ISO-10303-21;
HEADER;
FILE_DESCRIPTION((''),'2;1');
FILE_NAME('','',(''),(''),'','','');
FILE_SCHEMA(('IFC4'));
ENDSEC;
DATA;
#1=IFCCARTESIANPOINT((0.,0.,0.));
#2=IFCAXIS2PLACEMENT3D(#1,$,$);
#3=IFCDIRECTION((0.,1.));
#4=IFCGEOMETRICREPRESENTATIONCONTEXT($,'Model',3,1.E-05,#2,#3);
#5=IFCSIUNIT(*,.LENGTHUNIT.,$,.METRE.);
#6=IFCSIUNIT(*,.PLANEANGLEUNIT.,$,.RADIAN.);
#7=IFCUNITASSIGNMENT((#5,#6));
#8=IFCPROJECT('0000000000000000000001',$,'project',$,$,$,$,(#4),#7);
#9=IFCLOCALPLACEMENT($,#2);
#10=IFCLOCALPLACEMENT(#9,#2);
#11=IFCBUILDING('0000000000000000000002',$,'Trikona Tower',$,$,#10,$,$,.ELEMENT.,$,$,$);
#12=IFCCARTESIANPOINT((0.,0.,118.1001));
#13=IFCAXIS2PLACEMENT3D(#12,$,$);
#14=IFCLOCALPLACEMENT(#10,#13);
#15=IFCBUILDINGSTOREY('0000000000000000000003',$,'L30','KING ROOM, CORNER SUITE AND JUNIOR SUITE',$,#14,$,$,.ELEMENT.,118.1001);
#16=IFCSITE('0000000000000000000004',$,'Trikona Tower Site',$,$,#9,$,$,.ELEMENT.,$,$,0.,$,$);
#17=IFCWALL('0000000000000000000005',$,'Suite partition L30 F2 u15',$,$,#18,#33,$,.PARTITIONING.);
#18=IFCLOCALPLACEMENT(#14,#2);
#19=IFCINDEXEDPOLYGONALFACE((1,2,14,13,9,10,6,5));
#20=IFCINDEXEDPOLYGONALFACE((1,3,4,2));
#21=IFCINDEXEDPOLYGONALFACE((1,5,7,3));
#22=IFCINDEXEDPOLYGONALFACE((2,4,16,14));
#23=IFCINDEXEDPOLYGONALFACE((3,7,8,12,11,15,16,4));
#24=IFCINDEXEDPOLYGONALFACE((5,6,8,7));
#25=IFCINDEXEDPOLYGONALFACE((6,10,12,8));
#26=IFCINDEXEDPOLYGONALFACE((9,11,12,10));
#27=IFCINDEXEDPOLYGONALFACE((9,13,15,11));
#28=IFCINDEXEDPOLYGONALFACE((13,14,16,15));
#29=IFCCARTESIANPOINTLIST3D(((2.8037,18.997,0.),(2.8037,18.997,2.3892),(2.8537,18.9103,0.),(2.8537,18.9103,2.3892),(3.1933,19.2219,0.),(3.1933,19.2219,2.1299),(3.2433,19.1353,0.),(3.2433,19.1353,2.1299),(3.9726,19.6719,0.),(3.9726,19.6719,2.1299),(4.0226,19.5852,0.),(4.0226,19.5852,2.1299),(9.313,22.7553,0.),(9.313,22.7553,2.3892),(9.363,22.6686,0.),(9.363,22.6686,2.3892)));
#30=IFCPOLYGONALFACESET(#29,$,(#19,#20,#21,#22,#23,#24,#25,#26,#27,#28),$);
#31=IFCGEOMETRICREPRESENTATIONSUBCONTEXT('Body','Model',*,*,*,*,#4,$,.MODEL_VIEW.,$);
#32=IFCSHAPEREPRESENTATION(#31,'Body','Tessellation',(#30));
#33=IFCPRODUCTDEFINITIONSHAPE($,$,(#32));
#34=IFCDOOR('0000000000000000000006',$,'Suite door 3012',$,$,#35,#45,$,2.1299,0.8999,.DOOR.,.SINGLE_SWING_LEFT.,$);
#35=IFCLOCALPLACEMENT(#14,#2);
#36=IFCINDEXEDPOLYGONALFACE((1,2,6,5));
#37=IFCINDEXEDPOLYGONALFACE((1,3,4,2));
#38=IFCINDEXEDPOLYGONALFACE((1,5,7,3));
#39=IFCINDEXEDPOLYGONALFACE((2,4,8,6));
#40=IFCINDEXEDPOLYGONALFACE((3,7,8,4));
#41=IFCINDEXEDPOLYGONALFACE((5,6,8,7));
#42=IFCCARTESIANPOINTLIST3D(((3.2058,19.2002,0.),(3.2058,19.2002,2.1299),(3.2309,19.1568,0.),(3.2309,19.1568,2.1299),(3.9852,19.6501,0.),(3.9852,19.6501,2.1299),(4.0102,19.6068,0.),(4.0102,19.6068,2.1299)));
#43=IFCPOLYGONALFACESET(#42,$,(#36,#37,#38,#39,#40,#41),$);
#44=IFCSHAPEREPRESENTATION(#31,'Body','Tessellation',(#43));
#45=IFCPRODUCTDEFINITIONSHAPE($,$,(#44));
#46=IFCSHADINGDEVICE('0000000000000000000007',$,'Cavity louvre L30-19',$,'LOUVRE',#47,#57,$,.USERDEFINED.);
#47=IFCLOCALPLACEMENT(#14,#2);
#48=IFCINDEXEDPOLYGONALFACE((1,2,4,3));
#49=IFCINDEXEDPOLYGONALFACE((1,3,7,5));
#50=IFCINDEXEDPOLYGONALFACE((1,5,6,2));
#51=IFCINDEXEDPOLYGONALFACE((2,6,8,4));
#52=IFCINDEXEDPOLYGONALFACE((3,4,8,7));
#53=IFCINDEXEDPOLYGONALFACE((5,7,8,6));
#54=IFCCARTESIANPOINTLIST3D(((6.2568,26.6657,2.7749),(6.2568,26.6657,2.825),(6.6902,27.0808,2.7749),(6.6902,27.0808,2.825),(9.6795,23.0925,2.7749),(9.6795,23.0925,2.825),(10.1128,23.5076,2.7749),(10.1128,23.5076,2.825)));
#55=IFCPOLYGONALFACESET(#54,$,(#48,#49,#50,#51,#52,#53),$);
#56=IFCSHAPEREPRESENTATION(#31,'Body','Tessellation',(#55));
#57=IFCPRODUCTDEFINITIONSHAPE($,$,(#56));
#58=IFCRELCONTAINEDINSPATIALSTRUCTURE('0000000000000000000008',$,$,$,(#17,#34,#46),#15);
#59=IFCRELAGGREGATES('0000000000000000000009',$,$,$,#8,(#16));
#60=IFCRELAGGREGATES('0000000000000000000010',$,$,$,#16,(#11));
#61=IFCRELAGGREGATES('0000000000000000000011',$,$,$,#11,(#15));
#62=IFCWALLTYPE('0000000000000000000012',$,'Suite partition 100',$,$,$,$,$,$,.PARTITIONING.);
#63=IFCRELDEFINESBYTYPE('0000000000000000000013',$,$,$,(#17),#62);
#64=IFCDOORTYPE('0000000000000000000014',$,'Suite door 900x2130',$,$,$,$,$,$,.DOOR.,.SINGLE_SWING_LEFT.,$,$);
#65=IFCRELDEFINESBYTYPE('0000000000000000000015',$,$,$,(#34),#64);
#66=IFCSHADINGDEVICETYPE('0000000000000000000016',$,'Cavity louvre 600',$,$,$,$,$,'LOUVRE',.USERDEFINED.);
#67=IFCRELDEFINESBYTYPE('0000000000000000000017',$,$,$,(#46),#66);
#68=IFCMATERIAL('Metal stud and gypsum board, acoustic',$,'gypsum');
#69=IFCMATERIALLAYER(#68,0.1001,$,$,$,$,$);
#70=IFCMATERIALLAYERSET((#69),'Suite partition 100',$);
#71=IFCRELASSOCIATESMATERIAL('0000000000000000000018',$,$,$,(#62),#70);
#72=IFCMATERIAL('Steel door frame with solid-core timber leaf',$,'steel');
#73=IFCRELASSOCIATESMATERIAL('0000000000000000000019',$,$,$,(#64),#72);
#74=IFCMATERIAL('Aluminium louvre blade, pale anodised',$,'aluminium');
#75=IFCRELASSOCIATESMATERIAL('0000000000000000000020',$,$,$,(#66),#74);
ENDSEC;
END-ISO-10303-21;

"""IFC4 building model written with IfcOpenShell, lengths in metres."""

from ifc_helpers import new_model, si_unit, direction, frame, frame_2d, origin, origin_2d, place, context, subcontext, project, spatial, rectangle, extrude, material, layer, layer_set, type_object, element, fill, save


model = new_model("IFC4")

# Units and contexts
model_context = context("Model", 3, precision=1e-05, world=origin(), true_north=direction((0.0, 1.0)))
body_context = subcontext(model_context, "Body", "Model", "MODEL_VIEW")
ifc_project = project(units=[si_unit("LENGTHUNIT", "METRE"), si_unit("PLANEANGLEUNIT", "RADIAN")], contexts=[model_context])

# Site, building, storey
site_placement = place(None, origin())
site = spatial("IfcSite", under=ifc_project, at=site_placement, Name="Trikona Tower Site", CompositionType="ELEMENT", RefElevation=0.0)
building_placement = place(site_placement, origin())
building = spatial("IfcBuilding", under=site, at=building_placement, Name="Trikona Tower", CompositionType="ELEMENT")
storey_placement = place(building_placement, frame((0.0, 0.0, 118.1001)))
storey = spatial("IfcBuildingStorey", under=building, at=storey_placement, Name="L30", Description="KING ROOM, CORNER SUITE AND JUNIOR SUITE", CompositionType="ELEMENT", Elevation=118.1001)

# Wall, opening, door
ifc_material_1 = material(Name="Metal stud and gypsum board, acoustic", Category="gypsum")
ifc_layer_1 = layer(ifc_material_1, 0.1001)
ifc_layer_set_1 = layer_set([ifc_layer_1], Name="Suite partition 100")
wall_type_1 = type_object("IfcWallType", Name="Suite partition 100", PredefinedType="PARTITIONING", material=ifc_layer_set_1)
wall_1_placement = place(storey_placement, frame((2.8286, 18.9536, 0.0), z_axis=(0.0, 0.0, 1.0), x_axis=(0.866016, 0.500017, 0.0)))
wall_1 = element("IfcWall", 1, at=wall_1_placement, inside=storey, type_object=wall_type_1, Name="Suite partition L30 F2 u15", PredefinedType="PARTITIONING", context=body_context, shape_type="SweptSolid", body=[
    extrude(rectangle(XDim=7.5164, YDim=0.1001, at=frame_2d((3.7583, 0.0))), origin(), (0.0, 0.0, 1.0), 2.3892),
])
opening_1_placement = place(wall_1_placement, frame((0.45, 0.0, 0.0)))
opening_1 = element("IfcOpeningElement", 2, at=opening_1_placement, cuts=wall_1, PredefinedType="OPENING", context=body_context, shape_type="SweptSolid", body=[
    extrude(rectangle(XDim=0.8999, YDim=2.1299, at=frame_2d((0.45, 1.0649))), frame((0.0, 0.0601, 0.0), z_axis=(0.0, -1.0, 0.0), x_axis=(1.0, 0.0, 0.0)), (0.0, 0.0, 1.0), 0.1201),
])
ifc_material_2 = material(Name="Steel door frame with solid-core timber leaf", Category="steel")
door_type_1 = type_object("IfcDoorType", Name="Suite door 900x2130", OperationType="SINGLE_SWING_LEFT", PredefinedType="DOOR", material=ifc_material_2)
door_1_placement = place(opening_1_placement, origin())
door_1 = element("IfcDoor", 3, at=door_1_placement, inside=storey, type_object=door_type_1, Name="Suite door 3012", OperationType="SINGLE_SWING_LEFT", OverallHeight=2.1299, OverallWidth=0.8999, PredefinedType="DOOR", context=body_context, shape_type="SweptSolid", body=[
    extrude(rectangle(XDim=0.8999, YDim=2.1299, at=frame_2d((0.45, 1.0649))), frame((0.0, 0.0249, 0.0), z_axis=(0.0, -1.0, 0.0), x_axis=(1.0, 0.0, 0.0)), (0.0, 0.0, 1.0), 0.05),
])
fill(opening_1, door_1)

# Shading device
ifc_material_3 = material(Name="Aluminium louvre blade, pale anodised", Category="aluminium")
shading_device_type = type_object("IfcShadingDeviceType", Name="Cavity louvre 600", ElementType="LOUVRE", PredefinedType="USERDEFINED", material=ifc_material_3)
shading_device_placement = place(storey_placement, frame((8.1848, 25.0867, 2.7749), z_axis=(0.0, 0.0, 1.0), x_axis=(-0.691724, 0.722162, 0.0)))
element("IfcShadingDevice", 4, at=shading_device_placement, inside=storey, type_object=shading_device_type, Name="Cavity louvre L30-19", ObjectType="LOUVRE", PredefinedType="USERDEFINED", context=body_context, shape_type="SweptSolid", body=[
    extrude(rectangle(XDim=4.948, YDim=0.6001, at=origin_2d()), origin(), (0.0, 0.0, 1.0), 0.05),
])

save(model, "model.ifc")
